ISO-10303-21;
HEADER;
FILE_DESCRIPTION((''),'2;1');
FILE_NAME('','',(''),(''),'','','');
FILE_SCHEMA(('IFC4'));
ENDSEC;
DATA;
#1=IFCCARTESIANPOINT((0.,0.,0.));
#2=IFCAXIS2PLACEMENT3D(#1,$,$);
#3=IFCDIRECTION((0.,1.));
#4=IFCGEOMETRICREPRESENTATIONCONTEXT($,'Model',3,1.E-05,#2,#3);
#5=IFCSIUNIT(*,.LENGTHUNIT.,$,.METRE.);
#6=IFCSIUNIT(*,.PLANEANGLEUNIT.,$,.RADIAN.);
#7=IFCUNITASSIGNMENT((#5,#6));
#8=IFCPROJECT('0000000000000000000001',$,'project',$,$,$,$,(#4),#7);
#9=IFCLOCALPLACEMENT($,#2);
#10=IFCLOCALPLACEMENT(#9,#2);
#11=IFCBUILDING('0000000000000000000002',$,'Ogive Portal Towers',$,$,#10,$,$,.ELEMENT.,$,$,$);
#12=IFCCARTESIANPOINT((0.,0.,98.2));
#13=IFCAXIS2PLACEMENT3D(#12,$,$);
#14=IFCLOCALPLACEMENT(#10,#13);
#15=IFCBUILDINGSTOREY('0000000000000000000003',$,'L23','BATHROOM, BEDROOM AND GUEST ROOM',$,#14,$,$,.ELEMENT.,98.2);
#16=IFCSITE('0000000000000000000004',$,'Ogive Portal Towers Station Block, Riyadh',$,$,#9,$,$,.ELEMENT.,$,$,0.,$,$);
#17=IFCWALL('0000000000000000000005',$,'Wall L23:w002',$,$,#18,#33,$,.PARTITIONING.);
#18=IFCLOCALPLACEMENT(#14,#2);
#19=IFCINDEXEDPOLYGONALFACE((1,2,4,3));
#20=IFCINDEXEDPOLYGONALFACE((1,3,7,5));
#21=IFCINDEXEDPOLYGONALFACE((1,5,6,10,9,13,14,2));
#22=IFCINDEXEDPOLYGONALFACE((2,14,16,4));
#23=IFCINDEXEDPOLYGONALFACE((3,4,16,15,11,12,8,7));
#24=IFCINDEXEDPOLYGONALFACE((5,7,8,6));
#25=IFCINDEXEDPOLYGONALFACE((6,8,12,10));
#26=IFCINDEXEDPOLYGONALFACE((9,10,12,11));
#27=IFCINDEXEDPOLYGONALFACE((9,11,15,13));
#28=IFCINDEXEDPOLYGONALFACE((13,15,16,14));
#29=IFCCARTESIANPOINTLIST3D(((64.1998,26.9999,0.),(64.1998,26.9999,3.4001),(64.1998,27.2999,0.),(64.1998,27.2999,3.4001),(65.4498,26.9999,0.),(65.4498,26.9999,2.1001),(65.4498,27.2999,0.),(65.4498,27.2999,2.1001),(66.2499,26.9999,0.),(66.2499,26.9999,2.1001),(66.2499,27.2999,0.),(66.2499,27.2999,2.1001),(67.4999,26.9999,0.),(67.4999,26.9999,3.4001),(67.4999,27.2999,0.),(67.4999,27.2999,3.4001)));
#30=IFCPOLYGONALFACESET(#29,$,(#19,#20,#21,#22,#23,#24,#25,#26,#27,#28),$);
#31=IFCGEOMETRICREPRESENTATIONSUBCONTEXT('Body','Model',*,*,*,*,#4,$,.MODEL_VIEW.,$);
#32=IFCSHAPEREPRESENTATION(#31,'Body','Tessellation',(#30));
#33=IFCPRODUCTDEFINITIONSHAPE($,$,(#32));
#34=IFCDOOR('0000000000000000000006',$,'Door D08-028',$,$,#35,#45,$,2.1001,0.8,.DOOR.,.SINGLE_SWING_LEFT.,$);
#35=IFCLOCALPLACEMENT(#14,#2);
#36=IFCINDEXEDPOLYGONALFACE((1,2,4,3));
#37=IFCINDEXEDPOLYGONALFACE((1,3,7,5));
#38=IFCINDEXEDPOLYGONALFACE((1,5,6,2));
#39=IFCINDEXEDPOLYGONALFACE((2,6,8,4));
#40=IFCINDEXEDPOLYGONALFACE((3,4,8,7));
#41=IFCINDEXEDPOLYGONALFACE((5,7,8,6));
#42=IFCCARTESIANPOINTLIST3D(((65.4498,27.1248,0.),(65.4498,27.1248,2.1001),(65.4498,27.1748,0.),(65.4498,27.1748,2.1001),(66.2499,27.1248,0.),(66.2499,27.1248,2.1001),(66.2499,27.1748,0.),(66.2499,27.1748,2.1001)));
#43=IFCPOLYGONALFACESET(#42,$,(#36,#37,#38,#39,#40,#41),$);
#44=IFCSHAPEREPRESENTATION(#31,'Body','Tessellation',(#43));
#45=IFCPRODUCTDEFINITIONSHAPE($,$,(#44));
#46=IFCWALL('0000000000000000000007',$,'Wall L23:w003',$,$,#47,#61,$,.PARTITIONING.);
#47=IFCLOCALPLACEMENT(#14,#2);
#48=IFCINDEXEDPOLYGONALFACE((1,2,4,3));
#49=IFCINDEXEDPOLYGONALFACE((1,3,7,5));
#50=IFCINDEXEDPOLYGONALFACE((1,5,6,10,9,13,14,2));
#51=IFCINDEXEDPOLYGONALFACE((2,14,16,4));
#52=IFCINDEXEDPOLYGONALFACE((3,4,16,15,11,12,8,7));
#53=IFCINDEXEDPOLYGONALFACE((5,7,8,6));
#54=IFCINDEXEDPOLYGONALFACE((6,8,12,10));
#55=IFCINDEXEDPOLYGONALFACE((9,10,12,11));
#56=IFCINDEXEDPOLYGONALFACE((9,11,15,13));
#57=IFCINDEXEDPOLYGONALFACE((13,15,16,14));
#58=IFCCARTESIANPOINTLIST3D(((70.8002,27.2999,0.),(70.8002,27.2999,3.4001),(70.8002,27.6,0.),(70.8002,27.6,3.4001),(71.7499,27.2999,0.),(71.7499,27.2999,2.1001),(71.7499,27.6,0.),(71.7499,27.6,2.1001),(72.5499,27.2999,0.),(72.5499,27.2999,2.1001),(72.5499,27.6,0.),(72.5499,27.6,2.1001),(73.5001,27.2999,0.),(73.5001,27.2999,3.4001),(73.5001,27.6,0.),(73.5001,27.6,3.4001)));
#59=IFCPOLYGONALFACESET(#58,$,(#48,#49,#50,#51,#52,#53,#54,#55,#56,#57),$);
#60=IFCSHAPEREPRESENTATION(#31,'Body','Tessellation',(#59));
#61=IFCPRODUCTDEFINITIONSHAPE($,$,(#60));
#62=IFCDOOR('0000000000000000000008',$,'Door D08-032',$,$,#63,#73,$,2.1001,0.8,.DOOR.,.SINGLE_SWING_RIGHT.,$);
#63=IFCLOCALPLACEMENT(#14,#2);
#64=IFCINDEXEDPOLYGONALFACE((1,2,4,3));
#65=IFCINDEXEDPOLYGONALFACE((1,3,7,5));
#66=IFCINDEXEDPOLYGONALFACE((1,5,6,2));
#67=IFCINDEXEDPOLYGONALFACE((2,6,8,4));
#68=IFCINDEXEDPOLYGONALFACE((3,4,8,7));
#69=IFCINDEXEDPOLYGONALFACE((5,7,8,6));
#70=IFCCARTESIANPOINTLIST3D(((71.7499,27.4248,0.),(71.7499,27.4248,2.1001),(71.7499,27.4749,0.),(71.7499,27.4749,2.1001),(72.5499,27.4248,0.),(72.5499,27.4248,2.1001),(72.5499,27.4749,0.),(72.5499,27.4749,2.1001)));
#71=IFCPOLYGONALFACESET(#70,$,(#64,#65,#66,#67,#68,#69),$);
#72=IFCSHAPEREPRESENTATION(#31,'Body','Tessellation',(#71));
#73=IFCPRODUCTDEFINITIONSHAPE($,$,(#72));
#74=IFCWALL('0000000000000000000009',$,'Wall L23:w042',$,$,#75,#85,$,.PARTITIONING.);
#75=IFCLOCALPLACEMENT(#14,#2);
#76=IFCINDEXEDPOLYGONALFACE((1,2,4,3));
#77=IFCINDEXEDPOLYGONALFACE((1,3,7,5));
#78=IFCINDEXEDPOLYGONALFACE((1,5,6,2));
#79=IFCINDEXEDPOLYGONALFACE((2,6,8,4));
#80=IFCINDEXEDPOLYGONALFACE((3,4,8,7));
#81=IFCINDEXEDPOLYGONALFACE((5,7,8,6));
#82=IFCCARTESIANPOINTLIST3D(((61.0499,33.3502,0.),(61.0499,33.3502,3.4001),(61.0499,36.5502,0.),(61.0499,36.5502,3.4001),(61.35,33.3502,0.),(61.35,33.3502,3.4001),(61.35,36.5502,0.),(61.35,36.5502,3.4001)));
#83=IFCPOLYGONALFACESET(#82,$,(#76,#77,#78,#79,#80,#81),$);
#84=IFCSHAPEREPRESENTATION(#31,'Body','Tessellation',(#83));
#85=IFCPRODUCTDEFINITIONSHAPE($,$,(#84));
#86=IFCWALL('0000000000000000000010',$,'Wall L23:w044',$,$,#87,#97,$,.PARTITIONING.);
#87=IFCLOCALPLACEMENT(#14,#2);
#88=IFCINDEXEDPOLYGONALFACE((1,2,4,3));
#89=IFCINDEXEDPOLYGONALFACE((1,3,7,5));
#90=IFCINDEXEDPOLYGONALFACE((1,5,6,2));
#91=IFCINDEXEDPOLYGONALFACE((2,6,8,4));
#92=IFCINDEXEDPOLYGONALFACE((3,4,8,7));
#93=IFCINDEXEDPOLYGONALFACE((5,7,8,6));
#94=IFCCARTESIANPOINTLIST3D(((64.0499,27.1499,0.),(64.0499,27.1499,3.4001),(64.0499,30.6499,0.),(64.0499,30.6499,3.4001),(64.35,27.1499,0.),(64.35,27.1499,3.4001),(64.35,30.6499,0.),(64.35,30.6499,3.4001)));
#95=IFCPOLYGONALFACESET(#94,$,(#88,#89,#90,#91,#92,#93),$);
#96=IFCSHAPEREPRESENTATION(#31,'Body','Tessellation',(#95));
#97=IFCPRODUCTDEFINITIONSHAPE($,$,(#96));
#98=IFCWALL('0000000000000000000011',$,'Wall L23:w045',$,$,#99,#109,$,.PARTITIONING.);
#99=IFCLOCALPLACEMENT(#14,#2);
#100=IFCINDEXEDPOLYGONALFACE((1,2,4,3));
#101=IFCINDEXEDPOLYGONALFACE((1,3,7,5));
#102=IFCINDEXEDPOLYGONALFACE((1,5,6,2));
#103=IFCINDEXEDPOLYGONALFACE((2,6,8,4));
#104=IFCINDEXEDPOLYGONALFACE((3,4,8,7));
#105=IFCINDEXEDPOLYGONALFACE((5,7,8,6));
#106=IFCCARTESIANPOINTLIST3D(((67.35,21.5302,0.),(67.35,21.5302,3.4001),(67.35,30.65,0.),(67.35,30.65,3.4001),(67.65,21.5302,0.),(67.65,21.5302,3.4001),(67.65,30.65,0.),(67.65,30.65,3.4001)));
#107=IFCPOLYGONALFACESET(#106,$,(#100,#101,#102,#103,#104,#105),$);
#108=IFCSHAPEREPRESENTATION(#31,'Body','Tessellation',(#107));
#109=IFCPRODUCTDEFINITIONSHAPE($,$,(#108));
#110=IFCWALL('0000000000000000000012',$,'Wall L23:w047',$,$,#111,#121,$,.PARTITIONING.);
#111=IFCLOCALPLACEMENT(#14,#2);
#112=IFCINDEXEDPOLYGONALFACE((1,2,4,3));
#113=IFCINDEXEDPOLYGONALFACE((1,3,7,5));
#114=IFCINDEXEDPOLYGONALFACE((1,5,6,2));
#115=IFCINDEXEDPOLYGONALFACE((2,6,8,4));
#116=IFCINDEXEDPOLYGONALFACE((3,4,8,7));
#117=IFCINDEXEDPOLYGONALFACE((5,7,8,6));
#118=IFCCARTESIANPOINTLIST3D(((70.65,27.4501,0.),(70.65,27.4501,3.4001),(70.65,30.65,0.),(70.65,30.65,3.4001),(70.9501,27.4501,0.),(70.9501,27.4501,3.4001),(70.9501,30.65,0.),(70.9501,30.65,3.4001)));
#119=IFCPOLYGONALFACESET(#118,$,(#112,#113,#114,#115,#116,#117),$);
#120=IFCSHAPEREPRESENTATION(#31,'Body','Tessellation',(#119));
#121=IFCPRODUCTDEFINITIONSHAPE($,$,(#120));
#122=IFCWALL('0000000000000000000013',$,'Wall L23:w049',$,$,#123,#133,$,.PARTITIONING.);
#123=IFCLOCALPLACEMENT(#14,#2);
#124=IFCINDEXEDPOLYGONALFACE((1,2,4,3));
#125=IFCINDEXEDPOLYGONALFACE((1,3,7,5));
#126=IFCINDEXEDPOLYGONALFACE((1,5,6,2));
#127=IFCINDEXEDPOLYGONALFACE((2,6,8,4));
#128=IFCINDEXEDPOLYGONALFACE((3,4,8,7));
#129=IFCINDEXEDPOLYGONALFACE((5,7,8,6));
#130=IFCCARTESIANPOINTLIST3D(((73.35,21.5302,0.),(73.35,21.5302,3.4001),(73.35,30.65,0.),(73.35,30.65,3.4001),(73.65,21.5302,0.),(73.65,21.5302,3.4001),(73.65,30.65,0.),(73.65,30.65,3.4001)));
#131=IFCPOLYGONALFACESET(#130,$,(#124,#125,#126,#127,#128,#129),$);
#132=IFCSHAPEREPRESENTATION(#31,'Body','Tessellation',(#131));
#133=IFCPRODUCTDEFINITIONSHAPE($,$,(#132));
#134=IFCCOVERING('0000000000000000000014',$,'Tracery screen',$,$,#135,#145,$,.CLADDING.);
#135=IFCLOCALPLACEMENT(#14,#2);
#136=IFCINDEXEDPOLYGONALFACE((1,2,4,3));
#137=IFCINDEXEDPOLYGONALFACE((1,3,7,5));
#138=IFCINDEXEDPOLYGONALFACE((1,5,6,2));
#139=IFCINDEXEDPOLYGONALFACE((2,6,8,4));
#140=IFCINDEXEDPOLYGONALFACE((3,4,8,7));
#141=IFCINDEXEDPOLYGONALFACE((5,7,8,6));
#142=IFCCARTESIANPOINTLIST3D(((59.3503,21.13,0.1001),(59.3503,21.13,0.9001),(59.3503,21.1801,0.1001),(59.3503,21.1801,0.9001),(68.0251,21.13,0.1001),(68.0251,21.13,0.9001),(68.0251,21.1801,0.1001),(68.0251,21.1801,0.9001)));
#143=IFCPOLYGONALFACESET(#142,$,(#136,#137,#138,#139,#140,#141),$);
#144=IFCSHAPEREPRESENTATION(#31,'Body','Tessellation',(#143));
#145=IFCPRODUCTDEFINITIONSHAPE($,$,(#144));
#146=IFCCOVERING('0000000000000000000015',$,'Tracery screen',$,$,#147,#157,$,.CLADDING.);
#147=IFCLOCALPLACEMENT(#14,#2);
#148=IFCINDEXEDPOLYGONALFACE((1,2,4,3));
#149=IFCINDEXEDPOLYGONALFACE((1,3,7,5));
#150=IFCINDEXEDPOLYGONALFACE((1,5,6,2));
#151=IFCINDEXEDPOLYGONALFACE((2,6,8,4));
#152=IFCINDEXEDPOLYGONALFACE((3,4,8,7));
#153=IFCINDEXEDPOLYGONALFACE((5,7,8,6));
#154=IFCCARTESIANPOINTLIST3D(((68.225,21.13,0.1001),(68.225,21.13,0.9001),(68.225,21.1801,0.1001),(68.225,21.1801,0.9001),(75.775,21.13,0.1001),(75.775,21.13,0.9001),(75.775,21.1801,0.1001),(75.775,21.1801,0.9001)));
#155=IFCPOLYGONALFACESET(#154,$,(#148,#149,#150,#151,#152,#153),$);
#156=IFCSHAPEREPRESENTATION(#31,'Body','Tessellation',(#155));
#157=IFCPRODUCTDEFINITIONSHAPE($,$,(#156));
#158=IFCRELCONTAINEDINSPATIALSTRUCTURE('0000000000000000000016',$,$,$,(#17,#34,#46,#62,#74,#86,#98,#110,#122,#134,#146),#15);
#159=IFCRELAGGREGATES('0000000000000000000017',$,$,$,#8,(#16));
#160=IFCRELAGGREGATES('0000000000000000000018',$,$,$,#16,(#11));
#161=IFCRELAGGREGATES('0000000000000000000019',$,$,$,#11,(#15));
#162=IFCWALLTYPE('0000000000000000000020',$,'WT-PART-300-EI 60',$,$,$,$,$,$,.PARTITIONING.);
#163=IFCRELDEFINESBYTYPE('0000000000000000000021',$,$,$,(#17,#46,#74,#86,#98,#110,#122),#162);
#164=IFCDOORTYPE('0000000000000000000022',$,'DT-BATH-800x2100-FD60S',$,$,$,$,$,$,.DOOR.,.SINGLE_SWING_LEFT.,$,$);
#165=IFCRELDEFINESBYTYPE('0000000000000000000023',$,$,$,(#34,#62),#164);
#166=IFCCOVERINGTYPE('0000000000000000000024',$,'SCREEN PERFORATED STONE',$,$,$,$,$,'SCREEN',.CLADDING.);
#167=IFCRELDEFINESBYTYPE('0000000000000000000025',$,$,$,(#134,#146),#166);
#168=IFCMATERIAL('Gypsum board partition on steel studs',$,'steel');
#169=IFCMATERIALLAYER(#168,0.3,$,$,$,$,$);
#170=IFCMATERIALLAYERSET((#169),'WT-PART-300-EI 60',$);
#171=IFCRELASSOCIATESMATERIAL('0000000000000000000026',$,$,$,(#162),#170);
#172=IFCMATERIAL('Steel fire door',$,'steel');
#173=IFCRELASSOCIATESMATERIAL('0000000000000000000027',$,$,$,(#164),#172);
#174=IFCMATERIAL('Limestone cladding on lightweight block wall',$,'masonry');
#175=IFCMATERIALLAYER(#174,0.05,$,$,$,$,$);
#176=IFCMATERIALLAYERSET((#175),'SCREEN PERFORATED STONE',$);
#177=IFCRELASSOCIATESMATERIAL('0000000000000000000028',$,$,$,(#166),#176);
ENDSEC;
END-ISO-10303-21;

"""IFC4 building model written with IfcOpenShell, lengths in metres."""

from ifc_helpers import new_model, si_unit, direction, frame, frame_2d, origin, origin_2d, place, context, subcontext, project, spatial, rectangle, extrude, material, layer, layer_set, type_object, element, fill, save


model = new_model("IFC4")

# Units and contexts
model_context = context("Model", 3, precision=1e-05, world=origin(), true_north=direction((0.0, 1.0)))
body_context = subcontext(model_context, "Body", "Model", "MODEL_VIEW")
ifc_project = project(units=[si_unit("LENGTHUNIT", "METRE"), si_unit("PLANEANGLEUNIT", "RADIAN")], contexts=[model_context])

# Site, building, storey
site_placement = place(None, origin())
site = spatial("IfcSite", under=ifc_project, at=site_placement, Name="Ogive Portal Towers Station Block, Riyadh", CompositionType="ELEMENT", RefElevation=0.0)
building_placement = place(site_placement, origin())
building = spatial("IfcBuilding", under=site, at=building_placement, Name="Ogive Portal Towers", CompositionType="ELEMENT")
storey_placement = place(building_placement, frame((0.0, 0.0, 98.2)))
storey = spatial("IfcBuildingStorey", under=building, at=storey_placement, Name="L23", Description="BATHROOM, BEDROOM AND GUEST ROOM", CompositionType="ELEMENT", Elevation=98.2)

# Shared definitions
ifc_material_1 = material(Name="Limestone cladding on lightweight block wall", Category="masonry")

# Walls, openings, doors
ifc_material_2 = material(Name="Gypsum board partition on steel studs", Category="steel")
ifc_layer_1 = layer(ifc_material_2, 0.3)
ifc_layer_set_1 = layer_set([ifc_layer_1], Name="WT-PART-300-EI 60")
wall_type_1 = type_object("IfcWallType", Name="WT-PART-300-EI 60", PredefinedType="PARTITIONING", material=ifc_layer_set_1)
wall_1_placement = place(storey_placement, frame((64.2, 27.1499, 0.0), z_axis=(0.0, 0.0, 1.0), x_axis=(1.0, 0.0, 0.0)))
wall_1 = element("IfcWall", 1, at=wall_1_placement, inside=storey, type_object=wall_type_1, Name="Wall L23:w002", PredefinedType="PARTITIONING", context=body_context, shape_type="SweptSolid", body=[
    extrude(rectangle(XDim=3.3, YDim=0.3, at=frame_2d((1.6499, 0.0))), origin(), (0.0, 0.0, 1.0), 3.4001),
])
opening_1_placement = place(wall_1_placement, frame((1.25, 0.0, 0.0)))
opening_1 = element("IfcOpeningElement", 2, at=opening_1_placement, cuts=wall_1, PredefinedType="OPENING", context=body_context, shape_type="SweptSolid", body=[
    extrude(rectangle(XDim=0.8, YDim=2.1001, at=frame_2d((0.3999, 1.05))), frame((0.0, 0.1602, 0.0), z_axis=(0.0, -1.0, 0.0), x_axis=(1.0, 0.0, 0.0)), (0.0, 0.0, 1.0), 0.3201),
])
ifc_material_3 = material(Name="Steel fire door", Category="steel")
door_type = type_object("IfcDoorType", Name="DT-BATH-800x2100-FD60S", OperationType="SINGLE_SWING_LEFT", PredefinedType="DOOR", material=ifc_material_3)
door_1_placement = place(opening_1_placement, origin())
door_1 = element("IfcDoor", 3, at=door_1_placement, inside=storey, type_object=door_type, Name="Door D08-028", OperationType="SINGLE_SWING_LEFT", OverallHeight=2.1001, OverallWidth=0.8, PredefinedType="DOOR", context=body_context, shape_type="SweptSolid", body=[
    extrude(rectangle(XDim=0.8, YDim=2.1001, at=frame_2d((0.3999, 1.05))), frame((0.0, 0.0249, 0.0), z_axis=(0.0, -1.0, 0.0), x_axis=(1.0, 0.0, 0.0)), (0.0, 0.0, 1.0), 0.05),
])
fill(opening_1, door_1)
wall_2_placement = place(storey_placement, frame((70.8, 27.45, 0.0), z_axis=(0.0, 0.0, 1.0), x_axis=(1.0, 0.0, 0.0)))
wall_2 = element("IfcWall", 4, at=wall_2_placement, inside=storey, type_object=wall_type_1, Name="Wall L23:w003", PredefinedType="PARTITIONING", context=body_context, shape_type="SweptSolid", body=[
    extrude(rectangle(XDim=2.7, YDim=0.3, at=frame_2d((1.3501, 0.0))), origin(), (0.0, 0.0, 1.0), 3.4001),
])
opening_2_placement = place(wall_2_placement, frame((0.95, 0.0, 0.0)))
opening_2 = element("IfcOpeningElement", 5, at=opening_2_placement, cuts=wall_2, PredefinedType="OPENING", context=body_context, shape_type="SweptSolid", body=[
    extrude(rectangle(XDim=0.8, YDim=2.1001, at=frame_2d((0.3999, 1.05))), frame((0.0, 0.1602, 0.0), z_axis=(0.0, -1.0, 0.0), x_axis=(1.0, 0.0, 0.0)), (0.0, 0.0, 1.0), 0.3201),
])
door_2_placement = place(opening_2_placement, origin())
door_2 = element("IfcDoor", 6, at=door_2_placement, inside=storey, type_object=door_type, Name="Door D08-032", OperationType="SINGLE_SWING_RIGHT", OverallHeight=2.1001, OverallWidth=0.8, PredefinedType="DOOR", context=body_context, shape_type="SweptSolid", body=[
    extrude(rectangle(XDim=0.8, YDim=2.1001, at=frame_2d((0.3999, 1.05))), frame((0.0, 0.0249, 0.0), z_axis=(0.0, -1.0, 0.0), x_axis=(1.0, 0.0, 0.0)), (0.0, 0.0, 1.0), 0.05),
])
fill(opening_2, door_2)

# Walls
wall_3_placement = place(storey_placement, frame((61.2, 33.3501, 0.0), z_axis=(0.0, 0.0, 1.0), x_axis=(0.0, 1.0, 0.0)))
element("IfcWall", 7, at=wall_3_placement, inside=storey, type_object=wall_type_1, Name="Wall L23:w042", PredefinedType="PARTITIONING", context=body_context, shape_type="SweptSolid", body=[
    extrude(rectangle(XDim=3.2, YDim=0.3, at=frame_2d((1.6001, 0.0))), origin(), (0.0, 0.0, 1.0), 3.4001),
])
wall_4_placement = place(storey_placement, frame((64.2, 27.1499, 0.0), z_axis=(0.0, 0.0, 1.0), x_axis=(0.0, 1.0, 0.0)))
element("IfcWall", 8, at=wall_4_placement, inside=storey, type_object=wall_type_1, Name="Wall L23:w044", PredefinedType="PARTITIONING", context=body_context, shape_type="SweptSolid", body=[
    extrude(rectangle(XDim=3.5, YDim=0.3, at=frame_2d((1.75, 0.0))), origin(), (0.0, 0.0, 1.0), 3.4001),
])
wall_5_placement = place(storey_placement, frame((67.5, 21.53, 0.0), z_axis=(0.0, 0.0, 1.0), x_axis=(0.0, 1.0, 0.0)))
element("IfcWall", 9, at=wall_5_placement, inside=storey, type_object=wall_type_1, Name="Wall L23:w045", PredefinedType="PARTITIONING", context=body_context, shape_type="SweptSolid", body=[
    extrude(rectangle(XDim=9.1199, YDim=0.3, at=frame_2d((4.5601, 0.0))), origin(), (0.0, 0.0, 1.0), 3.4001),
])
wall_6_placement = place(storey_placement, frame((70.8, 27.45, 0.0), z_axis=(0.0, 0.0, 1.0), x_axis=(0.0, 1.0, 0.0)))
element("IfcWall", 10, at=wall_6_placement, inside=storey, type_object=wall_type_1, Name="Wall L23:w047", PredefinedType="PARTITIONING", context=body_context, shape_type="SweptSolid", body=[
    extrude(rectangle(XDim=3.2, YDim=0.3, at=frame_2d((1.6001, 0.0))), origin(), (0.0, 0.0, 1.0), 3.4001),
])
wall_7_placement = place(storey_placement, frame((73.5, 21.53, 0.0), z_axis=(0.0, 0.0, 1.0), x_axis=(0.0, 1.0, 0.0)))
element("IfcWall", 11, at=wall_7_placement, inside=storey, type_object=wall_type_1, Name="Wall L23:w049", PredefinedType="PARTITIONING", context=body_context, shape_type="SweptSolid", body=[
    extrude(rectangle(XDim=9.1199, YDim=0.3, at=frame_2d((4.5601, 0.0))), origin(), (0.0, 0.0, 1.0), 3.4001),
])

# Coverings
ifc_layer_2 = layer(ifc_material_1, 0.05)
ifc_layer_set_2 = layer_set([ifc_layer_2], Name="SCREEN PERFORATED STONE")
covering_type = type_object("IfcCoveringType", Name="SCREEN PERFORATED STONE", ElementType="SCREEN", PredefinedType="CLADDING", material=ifc_layer_set_2)
covering_1_placement = place(storey_placement, frame((63.6877, 21.155, 0.1001), z_axis=(0.0, 0.0, 1.0), x_axis=(1.0, 0.0, 0.0)))
element("IfcCovering", 12, at=covering_1_placement, inside=storey, type_object=covering_type, Name="Tracery screen", PredefinedType="CLADDING", context=body_context, shape_type="SweptSolid", body=[
    extrude(rectangle(XDim=8.6748, YDim=0.05, at=origin_2d()), origin(), (0.0, 0.0, 1.0), 0.8),
])
covering_2_placement = place(storey_placement, frame((72.0, 21.155, 0.1001), z_axis=(0.0, 0.0, 1.0), x_axis=(1.0, 0.0, 0.0)))
element("IfcCovering", 13, at=covering_2_placement, inside=storey, type_object=covering_type, Name="Tracery screen", PredefinedType="CLADDING", context=body_context, shape_type="SweptSolid", body=[
    extrude(rectangle(XDim=7.55, YDim=0.05, at=origin_2d()), origin(), (0.0, 0.0, 1.0), 0.8),
])

save(model, "model.ifc")
